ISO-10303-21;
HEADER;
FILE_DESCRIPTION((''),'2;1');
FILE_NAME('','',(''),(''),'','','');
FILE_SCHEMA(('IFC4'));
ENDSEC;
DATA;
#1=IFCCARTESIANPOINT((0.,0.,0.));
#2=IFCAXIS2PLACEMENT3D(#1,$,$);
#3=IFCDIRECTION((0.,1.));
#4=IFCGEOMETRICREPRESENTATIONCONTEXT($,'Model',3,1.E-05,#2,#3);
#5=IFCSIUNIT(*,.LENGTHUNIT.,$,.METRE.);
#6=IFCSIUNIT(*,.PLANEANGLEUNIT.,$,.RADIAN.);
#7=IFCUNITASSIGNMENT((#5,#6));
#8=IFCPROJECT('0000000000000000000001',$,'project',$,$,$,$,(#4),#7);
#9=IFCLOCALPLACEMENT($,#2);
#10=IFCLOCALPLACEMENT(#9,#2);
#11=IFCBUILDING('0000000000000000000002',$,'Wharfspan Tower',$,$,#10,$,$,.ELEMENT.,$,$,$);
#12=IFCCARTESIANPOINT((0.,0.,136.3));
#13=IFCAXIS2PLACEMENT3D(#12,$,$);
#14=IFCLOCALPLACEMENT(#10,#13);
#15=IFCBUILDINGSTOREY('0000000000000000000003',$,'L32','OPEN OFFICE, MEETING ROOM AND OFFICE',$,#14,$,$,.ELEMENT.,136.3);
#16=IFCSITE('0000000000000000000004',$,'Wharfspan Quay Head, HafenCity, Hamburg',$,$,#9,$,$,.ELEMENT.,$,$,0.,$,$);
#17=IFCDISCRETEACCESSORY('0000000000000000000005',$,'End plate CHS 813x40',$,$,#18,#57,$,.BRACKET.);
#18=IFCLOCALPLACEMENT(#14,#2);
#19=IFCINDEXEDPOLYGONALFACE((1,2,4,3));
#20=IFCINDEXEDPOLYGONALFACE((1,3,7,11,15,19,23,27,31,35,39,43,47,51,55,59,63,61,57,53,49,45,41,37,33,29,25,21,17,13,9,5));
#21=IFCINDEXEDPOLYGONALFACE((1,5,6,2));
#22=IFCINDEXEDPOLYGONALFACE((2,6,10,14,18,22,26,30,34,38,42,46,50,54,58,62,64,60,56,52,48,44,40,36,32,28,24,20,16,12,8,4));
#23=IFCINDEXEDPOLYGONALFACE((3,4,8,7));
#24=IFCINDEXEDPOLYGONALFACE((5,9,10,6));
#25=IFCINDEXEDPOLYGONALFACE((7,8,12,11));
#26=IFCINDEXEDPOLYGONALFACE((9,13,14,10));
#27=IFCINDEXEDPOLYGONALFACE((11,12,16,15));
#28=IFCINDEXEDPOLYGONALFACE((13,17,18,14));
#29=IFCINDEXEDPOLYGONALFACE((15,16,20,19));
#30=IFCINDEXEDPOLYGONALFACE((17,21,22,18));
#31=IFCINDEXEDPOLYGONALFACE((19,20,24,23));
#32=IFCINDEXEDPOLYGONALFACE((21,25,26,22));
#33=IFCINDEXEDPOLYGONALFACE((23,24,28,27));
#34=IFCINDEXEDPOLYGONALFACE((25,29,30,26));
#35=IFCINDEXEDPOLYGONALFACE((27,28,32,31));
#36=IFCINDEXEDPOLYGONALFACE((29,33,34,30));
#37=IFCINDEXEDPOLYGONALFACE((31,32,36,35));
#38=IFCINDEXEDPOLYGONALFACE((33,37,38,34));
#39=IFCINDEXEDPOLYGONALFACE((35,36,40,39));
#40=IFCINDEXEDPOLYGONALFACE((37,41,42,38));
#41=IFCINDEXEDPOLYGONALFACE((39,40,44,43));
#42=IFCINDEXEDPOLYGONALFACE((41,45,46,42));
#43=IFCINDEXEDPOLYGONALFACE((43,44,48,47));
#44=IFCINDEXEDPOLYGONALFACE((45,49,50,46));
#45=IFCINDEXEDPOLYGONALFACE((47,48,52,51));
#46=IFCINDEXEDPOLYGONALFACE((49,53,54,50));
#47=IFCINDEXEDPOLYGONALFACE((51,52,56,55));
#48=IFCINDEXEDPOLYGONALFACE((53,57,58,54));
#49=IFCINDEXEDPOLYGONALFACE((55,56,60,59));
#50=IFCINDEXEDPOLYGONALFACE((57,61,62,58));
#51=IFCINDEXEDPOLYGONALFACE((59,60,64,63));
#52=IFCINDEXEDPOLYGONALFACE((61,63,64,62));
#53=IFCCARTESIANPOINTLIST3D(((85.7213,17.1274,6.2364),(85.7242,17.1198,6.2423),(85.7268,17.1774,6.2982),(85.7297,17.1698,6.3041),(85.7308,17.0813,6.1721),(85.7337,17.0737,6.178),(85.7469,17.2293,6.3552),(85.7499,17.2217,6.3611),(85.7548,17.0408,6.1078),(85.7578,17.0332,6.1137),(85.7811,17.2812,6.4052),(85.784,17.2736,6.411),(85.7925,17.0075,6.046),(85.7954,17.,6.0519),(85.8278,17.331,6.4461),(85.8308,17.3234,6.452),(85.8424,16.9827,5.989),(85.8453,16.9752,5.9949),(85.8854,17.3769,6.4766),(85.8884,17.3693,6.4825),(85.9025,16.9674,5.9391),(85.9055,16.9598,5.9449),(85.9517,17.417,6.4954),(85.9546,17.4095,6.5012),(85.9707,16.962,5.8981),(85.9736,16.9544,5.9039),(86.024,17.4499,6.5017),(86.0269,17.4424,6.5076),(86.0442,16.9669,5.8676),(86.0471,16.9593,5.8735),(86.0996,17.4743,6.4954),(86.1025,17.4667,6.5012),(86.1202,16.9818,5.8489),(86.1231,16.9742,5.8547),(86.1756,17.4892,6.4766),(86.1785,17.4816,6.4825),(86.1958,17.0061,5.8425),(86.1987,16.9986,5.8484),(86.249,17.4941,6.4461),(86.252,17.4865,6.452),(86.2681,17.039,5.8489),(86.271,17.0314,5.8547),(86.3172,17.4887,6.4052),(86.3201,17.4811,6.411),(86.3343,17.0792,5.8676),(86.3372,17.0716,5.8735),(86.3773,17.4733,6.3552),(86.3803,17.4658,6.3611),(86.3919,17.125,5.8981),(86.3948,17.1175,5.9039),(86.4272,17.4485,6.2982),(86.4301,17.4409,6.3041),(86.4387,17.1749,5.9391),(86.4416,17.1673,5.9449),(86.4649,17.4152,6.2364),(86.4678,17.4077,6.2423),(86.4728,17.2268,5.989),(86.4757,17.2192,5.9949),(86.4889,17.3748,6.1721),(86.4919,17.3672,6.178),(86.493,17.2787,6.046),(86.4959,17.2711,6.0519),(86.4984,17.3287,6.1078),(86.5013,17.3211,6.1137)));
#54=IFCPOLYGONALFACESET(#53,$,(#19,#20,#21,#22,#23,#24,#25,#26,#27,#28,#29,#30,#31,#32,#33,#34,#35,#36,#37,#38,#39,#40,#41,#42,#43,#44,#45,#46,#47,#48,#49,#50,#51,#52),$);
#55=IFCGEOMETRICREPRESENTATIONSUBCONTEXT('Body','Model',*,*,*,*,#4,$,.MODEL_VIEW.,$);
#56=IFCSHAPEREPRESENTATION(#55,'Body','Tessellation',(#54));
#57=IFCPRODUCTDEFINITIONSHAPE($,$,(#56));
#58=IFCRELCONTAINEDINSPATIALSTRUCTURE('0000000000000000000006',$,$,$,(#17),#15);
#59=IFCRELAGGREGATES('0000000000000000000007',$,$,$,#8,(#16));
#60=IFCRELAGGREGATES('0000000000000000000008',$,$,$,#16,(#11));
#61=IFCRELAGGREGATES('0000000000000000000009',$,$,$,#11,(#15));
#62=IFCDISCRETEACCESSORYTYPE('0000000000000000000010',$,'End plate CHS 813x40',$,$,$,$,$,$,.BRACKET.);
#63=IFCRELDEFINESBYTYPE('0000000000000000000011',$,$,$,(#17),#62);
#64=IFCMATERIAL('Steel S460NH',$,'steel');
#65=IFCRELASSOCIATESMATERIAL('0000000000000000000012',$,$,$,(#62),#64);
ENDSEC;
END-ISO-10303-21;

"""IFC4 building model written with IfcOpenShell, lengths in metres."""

from ifc_helpers import new_model, si_unit, direction, frame, origin, origin_2d, place, context, subcontext, project, spatial, circle, extrude, material, material_profile, profile_set, type_object, element, save


model = new_model("IFC4")

# Units and contexts
model_context = context("Model", 3, precision=1e-05, world=origin(), true_north=direction((0.0, 1.0)))
body_context = subcontext(model_context, "Body", "Model", "MODEL_VIEW")
ifc_project = project(units=[si_unit("LENGTHUNIT", "METRE"), si_unit("PLANEANGLEUNIT", "RADIAN")], contexts=[model_context])

# Site, building, storey
site_placement = place(None, origin())
site = spatial("IfcSite", under=ifc_project, at=site_placement, Name="Wharfspan Quay Head, HafenCity, Hamburg", CompositionType="ELEMENT", RefElevation=0.0)
building_placement = place(site_placement, origin())
building = spatial("IfcBuilding", under=site, at=building_placement, Name="Wharfspan Tower", CompositionType="ELEMENT")
storey_placement = place(building_placement, frame((0.0, 0.0, 136.3)))
storey = spatial("IfcBuildingStorey", under=building, at=storey_placement, Name="L32", Description="OPEN OFFICE, MEETING ROOM AND OFFICE", CompositionType="ELEMENT", Elevation=136.3)

# Shared definitions
ifc_material_1 = material(Name="Steel S460NH", Category="steel")

# Discrete accessory
ifc_material_profile_1 = material_profile(ifc_material_1, circle(Radius=0.4065, at=origin_2d()))
ifc_profile_set_1 = profile_set([ifc_material_profile_1], Name="Steel S460NH")
discrete_accessory_type = type_object("IfcDiscreteAccessoryType", Name="End plate CHS 813x40", PredefinedType="BRACKET", material=ifc_profile_set_1)
for number, where, z_axis, x_axis, name in (
    (1, (86.1099, 17.228, 6.1721), (0.292683, -0.756098, 0.585366), (0.932565, 0.360992, -0.000001), "End plate CHS 813x40"),
):
    element("IfcDiscreteAccessory", number, at=place(storey_placement, frame(where, z_axis=z_axis, x_axis=x_axis)), inside=storey, type_object=discrete_accessory_type, Name=name, PredefinedType="BRACKET", context=body_context, shape_type="SweptSolid", body=[
        extrude(circle(Radius=0.4065, at=origin_2d()), origin(), (0.0, 0.0, 1.0), 0.01),
    ])

save(model, "model.ifc")
